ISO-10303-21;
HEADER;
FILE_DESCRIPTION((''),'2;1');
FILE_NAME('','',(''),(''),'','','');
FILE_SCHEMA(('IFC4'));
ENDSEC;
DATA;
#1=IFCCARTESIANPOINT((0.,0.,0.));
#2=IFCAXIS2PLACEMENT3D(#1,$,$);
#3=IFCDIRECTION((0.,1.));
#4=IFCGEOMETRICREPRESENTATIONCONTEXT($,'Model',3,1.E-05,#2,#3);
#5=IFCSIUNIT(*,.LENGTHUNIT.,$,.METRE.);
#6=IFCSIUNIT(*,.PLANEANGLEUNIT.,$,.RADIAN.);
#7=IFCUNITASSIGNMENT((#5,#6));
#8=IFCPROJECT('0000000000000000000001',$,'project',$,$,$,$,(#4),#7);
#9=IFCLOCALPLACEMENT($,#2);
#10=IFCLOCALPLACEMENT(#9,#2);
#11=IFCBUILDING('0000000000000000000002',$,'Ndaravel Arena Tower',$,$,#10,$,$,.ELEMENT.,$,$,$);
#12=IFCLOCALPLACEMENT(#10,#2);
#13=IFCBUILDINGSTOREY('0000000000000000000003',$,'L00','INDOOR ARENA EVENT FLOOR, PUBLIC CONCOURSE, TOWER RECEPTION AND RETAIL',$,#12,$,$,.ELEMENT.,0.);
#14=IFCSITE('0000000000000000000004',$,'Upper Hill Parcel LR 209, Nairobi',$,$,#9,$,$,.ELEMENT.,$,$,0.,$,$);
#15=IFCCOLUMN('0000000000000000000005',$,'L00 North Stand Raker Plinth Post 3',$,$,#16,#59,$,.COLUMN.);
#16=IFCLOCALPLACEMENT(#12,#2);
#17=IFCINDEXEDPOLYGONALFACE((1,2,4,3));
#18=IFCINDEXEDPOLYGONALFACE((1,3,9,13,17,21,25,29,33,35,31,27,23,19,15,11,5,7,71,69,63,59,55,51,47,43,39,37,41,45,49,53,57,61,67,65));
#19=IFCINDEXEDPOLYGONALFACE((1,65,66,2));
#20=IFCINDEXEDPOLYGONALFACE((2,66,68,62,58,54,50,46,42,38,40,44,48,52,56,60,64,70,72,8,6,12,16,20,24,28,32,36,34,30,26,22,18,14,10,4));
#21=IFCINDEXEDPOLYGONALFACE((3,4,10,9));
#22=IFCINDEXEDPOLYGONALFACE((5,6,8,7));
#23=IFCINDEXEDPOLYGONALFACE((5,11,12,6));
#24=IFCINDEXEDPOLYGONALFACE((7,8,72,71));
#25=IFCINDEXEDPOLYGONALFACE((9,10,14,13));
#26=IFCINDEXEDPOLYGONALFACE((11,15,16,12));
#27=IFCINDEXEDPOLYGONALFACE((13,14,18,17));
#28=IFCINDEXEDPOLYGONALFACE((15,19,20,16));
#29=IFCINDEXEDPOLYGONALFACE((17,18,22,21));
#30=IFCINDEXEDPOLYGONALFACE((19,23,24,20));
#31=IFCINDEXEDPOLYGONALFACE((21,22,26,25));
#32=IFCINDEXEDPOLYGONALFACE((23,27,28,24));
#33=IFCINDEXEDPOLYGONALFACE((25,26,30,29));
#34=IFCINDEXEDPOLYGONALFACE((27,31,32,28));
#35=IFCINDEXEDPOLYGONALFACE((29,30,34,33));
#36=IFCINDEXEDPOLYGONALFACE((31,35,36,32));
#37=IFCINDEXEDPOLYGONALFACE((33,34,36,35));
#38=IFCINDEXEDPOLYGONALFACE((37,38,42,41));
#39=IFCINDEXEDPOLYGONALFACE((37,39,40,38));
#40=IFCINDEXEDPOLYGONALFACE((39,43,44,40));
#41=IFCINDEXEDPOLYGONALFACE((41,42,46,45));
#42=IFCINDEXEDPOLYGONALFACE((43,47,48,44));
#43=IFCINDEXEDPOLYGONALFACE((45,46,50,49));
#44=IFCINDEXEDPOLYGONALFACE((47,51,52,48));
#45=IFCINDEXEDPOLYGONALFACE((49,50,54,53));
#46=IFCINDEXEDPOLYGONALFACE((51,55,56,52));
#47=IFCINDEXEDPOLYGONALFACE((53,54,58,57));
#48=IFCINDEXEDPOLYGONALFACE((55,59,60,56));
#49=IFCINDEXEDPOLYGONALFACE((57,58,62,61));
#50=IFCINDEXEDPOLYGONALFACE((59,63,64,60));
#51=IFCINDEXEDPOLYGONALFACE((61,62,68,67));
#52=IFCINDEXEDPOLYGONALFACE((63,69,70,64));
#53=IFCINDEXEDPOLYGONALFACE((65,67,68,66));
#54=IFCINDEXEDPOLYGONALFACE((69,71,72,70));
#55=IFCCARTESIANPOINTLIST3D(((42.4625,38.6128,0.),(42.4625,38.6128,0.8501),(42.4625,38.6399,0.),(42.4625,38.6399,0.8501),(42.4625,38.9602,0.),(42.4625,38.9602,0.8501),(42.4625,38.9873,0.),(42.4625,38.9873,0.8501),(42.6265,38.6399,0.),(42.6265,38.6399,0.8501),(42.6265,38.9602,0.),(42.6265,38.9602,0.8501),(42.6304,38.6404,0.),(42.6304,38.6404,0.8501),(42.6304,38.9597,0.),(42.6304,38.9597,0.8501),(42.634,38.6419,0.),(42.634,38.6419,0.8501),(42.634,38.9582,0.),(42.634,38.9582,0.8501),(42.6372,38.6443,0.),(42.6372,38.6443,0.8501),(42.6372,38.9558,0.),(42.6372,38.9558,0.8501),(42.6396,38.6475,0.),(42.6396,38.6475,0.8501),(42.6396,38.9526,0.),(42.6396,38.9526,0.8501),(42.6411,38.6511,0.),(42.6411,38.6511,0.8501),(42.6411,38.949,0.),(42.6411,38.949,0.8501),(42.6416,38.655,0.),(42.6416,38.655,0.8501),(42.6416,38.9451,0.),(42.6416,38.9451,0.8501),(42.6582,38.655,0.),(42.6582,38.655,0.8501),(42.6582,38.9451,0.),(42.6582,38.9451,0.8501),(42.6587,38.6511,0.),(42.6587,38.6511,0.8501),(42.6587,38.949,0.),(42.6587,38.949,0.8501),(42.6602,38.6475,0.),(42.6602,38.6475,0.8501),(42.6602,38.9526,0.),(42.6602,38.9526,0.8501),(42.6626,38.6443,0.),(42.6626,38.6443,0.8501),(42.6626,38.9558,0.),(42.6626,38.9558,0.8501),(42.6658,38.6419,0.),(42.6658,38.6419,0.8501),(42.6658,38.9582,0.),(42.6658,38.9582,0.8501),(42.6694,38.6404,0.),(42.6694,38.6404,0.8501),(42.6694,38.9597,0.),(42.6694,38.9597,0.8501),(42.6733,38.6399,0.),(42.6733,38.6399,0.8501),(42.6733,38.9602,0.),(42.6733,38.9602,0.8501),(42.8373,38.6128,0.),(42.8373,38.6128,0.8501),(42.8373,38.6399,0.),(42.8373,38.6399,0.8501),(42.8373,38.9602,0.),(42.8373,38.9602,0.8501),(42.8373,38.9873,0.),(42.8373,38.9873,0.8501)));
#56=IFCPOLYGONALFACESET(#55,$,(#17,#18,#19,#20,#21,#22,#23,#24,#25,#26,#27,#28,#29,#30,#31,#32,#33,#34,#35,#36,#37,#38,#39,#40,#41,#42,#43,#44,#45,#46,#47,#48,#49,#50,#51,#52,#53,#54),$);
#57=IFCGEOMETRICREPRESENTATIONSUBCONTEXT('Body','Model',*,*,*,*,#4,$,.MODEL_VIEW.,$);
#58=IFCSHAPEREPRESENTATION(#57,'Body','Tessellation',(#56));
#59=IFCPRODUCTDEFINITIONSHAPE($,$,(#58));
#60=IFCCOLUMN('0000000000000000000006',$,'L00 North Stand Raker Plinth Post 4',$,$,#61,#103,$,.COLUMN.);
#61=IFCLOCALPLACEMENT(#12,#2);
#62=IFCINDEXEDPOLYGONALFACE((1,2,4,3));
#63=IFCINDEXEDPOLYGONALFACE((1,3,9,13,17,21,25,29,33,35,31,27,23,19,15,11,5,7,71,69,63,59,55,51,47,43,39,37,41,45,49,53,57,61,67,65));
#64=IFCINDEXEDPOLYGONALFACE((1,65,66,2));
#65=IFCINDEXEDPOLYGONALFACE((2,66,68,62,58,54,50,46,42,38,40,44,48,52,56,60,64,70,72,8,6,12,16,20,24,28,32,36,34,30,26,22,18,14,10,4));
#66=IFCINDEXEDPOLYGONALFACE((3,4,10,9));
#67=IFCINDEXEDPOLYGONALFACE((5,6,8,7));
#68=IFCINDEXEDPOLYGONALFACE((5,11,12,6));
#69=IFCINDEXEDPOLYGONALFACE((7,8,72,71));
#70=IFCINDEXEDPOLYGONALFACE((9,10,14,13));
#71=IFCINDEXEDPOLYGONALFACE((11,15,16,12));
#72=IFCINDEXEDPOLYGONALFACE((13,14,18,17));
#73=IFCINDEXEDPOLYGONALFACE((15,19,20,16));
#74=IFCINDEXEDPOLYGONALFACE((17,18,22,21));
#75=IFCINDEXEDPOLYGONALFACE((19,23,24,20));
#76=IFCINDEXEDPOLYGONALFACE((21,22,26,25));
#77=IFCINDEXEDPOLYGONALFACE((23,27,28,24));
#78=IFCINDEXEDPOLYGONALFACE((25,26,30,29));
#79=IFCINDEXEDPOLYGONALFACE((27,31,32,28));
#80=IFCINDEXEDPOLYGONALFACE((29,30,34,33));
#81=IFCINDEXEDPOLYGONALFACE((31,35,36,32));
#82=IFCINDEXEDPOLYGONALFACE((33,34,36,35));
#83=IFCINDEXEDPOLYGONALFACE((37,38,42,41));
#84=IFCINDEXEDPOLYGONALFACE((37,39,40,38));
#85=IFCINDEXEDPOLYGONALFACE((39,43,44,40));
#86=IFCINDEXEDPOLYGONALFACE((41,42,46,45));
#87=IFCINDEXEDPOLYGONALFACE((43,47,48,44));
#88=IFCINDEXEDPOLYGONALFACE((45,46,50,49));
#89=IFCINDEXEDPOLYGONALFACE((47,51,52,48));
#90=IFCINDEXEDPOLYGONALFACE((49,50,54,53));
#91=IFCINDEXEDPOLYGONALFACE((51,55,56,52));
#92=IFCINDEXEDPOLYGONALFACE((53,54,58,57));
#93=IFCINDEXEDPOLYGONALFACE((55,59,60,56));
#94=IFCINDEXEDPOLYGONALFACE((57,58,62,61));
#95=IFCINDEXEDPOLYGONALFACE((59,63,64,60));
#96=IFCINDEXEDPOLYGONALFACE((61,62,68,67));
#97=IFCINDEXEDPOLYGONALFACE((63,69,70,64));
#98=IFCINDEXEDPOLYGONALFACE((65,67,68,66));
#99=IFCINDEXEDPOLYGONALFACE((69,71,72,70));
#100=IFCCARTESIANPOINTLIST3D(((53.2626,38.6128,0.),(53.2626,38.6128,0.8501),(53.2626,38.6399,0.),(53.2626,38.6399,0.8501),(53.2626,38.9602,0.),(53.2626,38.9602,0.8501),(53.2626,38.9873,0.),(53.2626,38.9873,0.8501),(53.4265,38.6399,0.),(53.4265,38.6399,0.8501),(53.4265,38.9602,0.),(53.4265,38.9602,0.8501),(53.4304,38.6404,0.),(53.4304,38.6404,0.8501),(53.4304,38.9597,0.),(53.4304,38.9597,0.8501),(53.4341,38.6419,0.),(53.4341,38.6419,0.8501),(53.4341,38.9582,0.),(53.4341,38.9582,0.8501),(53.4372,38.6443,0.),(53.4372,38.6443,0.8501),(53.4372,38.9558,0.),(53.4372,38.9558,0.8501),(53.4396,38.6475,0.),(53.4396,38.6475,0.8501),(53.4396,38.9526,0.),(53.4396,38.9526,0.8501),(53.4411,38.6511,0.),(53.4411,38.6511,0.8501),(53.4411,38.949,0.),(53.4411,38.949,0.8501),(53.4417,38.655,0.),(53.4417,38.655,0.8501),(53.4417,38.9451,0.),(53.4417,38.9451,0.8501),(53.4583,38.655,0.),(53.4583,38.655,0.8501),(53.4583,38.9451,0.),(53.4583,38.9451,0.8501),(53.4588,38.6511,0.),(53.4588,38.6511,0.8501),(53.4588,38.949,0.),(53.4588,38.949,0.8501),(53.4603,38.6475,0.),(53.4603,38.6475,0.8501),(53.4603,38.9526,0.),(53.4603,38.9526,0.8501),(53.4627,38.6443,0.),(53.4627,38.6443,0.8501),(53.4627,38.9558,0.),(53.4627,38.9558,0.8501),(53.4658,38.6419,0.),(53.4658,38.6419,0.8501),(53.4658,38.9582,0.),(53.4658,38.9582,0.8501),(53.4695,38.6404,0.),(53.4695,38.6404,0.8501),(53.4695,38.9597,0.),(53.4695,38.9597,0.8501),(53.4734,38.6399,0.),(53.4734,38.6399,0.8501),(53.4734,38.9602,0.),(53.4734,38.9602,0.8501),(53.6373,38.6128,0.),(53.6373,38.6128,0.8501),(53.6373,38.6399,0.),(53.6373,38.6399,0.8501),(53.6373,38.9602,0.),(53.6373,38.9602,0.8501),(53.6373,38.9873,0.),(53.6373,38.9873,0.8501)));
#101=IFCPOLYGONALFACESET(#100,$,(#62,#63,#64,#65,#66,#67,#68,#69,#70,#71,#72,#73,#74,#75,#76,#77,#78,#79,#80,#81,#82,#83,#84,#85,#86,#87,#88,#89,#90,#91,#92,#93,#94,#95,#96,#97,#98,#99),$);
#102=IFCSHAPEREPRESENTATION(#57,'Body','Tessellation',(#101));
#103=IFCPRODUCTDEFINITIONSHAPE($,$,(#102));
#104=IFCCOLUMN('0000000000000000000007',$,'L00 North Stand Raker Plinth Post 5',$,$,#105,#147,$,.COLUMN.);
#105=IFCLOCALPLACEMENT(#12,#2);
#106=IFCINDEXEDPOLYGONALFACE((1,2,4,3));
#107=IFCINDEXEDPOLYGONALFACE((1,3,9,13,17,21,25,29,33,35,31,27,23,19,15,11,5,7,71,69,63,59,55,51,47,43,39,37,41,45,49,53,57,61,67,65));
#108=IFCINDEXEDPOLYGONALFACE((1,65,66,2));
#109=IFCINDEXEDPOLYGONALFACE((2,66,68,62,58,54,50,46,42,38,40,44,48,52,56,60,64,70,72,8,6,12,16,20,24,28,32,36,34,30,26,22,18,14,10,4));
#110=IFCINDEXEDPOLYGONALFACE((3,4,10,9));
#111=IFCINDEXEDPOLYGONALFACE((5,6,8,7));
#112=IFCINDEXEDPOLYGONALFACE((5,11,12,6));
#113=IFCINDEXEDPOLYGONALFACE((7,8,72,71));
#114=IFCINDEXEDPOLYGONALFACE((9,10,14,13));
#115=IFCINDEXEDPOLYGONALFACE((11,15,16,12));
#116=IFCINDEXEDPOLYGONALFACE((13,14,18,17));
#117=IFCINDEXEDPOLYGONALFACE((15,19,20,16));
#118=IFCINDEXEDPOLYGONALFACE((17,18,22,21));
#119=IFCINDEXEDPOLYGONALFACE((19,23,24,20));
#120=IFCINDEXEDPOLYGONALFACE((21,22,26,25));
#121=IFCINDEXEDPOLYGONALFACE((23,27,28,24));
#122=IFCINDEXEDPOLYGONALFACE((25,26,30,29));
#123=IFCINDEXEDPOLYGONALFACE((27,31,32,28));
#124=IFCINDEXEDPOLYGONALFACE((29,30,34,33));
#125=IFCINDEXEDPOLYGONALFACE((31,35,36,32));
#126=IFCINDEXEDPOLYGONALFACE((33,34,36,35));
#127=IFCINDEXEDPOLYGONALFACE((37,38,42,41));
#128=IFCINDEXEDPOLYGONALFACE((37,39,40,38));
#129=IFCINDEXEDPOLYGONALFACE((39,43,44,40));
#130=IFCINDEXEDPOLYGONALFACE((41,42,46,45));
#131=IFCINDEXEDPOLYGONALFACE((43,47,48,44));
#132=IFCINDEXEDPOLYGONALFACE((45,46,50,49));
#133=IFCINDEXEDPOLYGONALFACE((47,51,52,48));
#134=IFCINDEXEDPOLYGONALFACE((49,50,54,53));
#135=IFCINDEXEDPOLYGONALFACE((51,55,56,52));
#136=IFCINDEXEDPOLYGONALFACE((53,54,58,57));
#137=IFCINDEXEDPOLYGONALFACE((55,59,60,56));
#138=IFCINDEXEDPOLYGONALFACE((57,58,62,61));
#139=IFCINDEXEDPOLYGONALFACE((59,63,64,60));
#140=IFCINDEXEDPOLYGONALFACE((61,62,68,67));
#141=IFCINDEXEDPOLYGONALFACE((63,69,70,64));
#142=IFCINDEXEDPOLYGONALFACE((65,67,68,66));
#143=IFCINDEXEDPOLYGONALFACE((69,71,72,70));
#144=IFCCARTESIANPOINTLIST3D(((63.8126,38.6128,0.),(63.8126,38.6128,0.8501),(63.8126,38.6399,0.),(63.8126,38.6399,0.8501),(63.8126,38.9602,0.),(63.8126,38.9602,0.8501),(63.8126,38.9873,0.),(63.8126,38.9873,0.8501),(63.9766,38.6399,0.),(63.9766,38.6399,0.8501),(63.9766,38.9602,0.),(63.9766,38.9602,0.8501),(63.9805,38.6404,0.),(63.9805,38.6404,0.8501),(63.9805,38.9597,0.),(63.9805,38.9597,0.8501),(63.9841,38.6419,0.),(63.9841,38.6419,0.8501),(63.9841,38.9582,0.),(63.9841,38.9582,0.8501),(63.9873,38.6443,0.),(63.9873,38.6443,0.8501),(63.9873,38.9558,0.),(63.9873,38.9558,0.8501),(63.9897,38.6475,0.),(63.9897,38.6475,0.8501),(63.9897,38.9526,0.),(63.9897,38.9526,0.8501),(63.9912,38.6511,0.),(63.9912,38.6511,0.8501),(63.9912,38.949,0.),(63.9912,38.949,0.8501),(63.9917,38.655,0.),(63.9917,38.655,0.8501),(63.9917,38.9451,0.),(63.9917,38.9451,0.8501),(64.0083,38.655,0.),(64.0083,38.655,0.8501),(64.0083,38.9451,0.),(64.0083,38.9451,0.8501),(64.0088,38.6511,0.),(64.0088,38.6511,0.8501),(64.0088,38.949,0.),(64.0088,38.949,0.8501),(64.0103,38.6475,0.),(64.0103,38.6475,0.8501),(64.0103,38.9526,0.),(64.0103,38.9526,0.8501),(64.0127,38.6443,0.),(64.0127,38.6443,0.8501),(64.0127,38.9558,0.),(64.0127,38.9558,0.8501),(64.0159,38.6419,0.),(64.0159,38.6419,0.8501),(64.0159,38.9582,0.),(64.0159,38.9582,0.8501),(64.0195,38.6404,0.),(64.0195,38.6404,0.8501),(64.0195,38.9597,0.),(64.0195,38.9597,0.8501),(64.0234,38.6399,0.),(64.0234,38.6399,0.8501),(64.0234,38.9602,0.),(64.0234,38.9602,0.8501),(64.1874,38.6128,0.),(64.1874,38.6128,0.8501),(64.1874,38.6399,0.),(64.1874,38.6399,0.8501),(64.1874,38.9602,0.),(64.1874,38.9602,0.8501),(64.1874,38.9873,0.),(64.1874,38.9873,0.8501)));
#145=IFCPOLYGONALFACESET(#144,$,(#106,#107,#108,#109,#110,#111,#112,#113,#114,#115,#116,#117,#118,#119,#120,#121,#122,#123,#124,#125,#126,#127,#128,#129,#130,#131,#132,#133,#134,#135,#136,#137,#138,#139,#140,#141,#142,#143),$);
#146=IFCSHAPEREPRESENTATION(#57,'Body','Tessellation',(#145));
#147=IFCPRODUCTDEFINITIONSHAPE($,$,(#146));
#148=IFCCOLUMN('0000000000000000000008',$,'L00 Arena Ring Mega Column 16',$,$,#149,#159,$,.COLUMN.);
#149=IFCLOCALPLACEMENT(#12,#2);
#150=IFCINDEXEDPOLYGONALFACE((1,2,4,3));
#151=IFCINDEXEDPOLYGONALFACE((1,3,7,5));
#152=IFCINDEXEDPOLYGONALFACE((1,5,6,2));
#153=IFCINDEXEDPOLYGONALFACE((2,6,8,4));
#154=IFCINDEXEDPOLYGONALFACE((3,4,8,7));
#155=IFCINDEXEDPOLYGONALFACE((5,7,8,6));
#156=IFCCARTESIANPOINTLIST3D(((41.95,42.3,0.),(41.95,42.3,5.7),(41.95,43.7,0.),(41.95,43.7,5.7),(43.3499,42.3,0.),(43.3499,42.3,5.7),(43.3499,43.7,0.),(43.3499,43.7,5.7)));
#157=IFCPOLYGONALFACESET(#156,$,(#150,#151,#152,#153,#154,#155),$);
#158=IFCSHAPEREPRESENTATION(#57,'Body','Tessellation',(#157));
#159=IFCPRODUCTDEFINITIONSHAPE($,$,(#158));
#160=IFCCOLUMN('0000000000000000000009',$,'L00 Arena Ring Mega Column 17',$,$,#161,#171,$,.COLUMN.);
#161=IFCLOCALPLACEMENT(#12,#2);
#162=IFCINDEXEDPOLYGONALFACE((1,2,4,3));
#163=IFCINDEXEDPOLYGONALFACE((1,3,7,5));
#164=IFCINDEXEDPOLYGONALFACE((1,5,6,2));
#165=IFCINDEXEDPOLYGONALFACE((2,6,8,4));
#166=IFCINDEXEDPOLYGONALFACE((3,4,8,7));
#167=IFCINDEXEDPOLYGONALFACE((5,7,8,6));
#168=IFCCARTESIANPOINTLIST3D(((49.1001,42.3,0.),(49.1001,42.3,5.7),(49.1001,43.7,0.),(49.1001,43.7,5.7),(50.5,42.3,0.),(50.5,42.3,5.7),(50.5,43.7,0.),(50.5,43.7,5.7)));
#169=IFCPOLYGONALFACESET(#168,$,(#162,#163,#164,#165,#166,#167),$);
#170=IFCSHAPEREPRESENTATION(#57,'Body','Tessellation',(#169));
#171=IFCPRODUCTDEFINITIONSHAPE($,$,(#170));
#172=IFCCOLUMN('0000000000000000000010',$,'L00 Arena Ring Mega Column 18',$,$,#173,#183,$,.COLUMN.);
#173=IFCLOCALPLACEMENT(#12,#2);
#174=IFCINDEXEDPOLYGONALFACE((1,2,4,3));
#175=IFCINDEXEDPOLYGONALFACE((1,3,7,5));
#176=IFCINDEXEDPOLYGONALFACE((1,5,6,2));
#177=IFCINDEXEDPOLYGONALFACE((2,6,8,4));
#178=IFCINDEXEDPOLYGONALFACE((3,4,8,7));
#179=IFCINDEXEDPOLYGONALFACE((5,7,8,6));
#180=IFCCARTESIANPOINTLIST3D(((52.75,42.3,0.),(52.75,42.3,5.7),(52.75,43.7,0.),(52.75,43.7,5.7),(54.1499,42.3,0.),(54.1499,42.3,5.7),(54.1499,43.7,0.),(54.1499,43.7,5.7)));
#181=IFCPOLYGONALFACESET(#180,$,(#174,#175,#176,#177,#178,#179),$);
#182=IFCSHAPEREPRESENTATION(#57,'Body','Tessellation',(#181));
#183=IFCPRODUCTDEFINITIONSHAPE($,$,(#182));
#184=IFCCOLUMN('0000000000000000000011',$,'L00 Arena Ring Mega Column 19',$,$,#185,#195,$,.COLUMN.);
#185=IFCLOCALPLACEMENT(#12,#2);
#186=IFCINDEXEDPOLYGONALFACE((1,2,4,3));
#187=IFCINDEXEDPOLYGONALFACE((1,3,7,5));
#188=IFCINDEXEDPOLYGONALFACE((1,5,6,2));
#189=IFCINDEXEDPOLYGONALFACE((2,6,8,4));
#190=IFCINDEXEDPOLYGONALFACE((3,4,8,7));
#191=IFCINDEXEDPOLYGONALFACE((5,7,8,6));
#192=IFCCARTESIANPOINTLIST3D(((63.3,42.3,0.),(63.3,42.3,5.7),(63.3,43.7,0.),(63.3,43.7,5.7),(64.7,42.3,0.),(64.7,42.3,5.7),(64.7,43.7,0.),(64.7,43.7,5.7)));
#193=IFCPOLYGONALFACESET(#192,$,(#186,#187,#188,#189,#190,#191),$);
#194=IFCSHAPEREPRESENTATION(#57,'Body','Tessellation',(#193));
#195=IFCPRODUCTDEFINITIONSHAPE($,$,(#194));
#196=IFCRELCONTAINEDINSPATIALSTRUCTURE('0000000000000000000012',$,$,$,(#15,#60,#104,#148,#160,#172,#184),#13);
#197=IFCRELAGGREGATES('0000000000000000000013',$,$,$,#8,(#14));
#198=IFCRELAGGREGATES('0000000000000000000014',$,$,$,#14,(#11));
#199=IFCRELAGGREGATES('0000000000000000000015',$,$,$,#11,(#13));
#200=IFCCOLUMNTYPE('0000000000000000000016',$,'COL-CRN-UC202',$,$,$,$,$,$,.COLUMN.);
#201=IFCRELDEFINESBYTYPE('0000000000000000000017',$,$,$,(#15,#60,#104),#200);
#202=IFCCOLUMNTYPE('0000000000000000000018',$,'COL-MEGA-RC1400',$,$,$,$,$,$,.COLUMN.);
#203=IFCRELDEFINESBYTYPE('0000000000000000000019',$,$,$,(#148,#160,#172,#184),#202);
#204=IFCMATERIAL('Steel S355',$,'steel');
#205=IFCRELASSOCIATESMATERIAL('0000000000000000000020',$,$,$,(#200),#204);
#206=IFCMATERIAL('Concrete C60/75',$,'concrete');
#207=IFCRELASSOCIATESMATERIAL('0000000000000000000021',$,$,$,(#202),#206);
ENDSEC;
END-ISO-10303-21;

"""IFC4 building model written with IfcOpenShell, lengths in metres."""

from ifc_helpers import new_model, si_unit, direction, frame, origin, origin_2d, place, context, subcontext, project, spatial, rectangle, i_section, extrude, material, material_profile, profile_set, type_object, element, save


model = new_model("IFC4")

# Units and contexts
model_context = context("Model", 3, precision=1e-05, world=origin(), true_north=direction((0.0, 1.0)))
body_context = subcontext(model_context, "Body", "Model", "MODEL_VIEW")
ifc_project = project(units=[si_unit("LENGTHUNIT", "METRE"), si_unit("PLANEANGLEUNIT", "RADIAN")], contexts=[model_context])

# Site, building, storey
site_placement = place(None, origin())
site = spatial("IfcSite", under=ifc_project, at=site_placement, Name="Upper Hill Parcel LR 209, Nairobi", CompositionType="ELEMENT", RefElevation=0.0)
building_placement = place(site_placement, origin())
building = spatial("IfcBuilding", under=site, at=building_placement, Name="Ndaravel Arena Tower", CompositionType="ELEMENT")
storey_placement = place(building_placement, origin())
storey = spatial("IfcBuildingStorey", under=building, at=storey_placement, Name="L00", Description="INDOOR ARENA EVENT FLOOR, PUBLIC CONCOURSE, TOWER RECEPTION AND RETAIL", CompositionType="ELEMENT", Elevation=0.0)

# Columns
ifc_material_1 = material(Name="Steel S355", Category="steel")
ifc_material_profile_1 = material_profile(ifc_material_1, i_section(OverallWidth=0.3748, OverallDepth=0.3745, WebThickness=0.0166, FlangeThickness=0.0271, FilletRadius=0.0151, at=origin_2d()), Name="UC 356x368x202")
ifc_profile_set_1 = profile_set([ifc_material_profile_1], Name="Steel S355")
column_type_1 = type_object("IfcColumnType", Name="COL-CRN-UC202", PredefinedType="COLUMN", material=ifc_profile_set_1)
for number, where, z_axis, x_axis, name in (
    (1, (42.6499, 38.8, 0.0), (0.0, 0.0, 1.0), (1.0, 0.0, 0.0), "L00 North Stand Raker Plinth Post 3"),
    (2, (53.45, 38.8, 0.0), (0.0, 0.0, 1.0), (1.0, 0.0, 0.0), "L00 North Stand Raker Plinth Post 4"),
    (3, (64.0, 38.8, 0.0), (0.0, 0.0, 1.0), (1.0, 0.0, 0.0), "L00 North Stand Raker Plinth Post 5"),
):
    element("IfcColumn", number, at=place(storey_placement, frame(where, z_axis=z_axis, x_axis=x_axis)), inside=storey, type_object=column_type_1, Name=name, PredefinedType="COLUMN", context=body_context, shape_type="SweptSolid", body=[
        extrude(i_section(OverallWidth=0.3748, OverallDepth=0.3745, WebThickness=0.0166, FlangeThickness=0.0271, FilletRadius=0.0151, at=origin_2d()), origin(), (0.0, 0.0, 1.0), 0.8501),
    ])
ifc_material_2 = material(Name="Concrete C60/75", Category="concrete")
ifc_material_profile_2 = material_profile(ifc_material_2, rectangle(XDim=1.3999, YDim=1.3999, at=origin_2d()), Name="RC 1400x1400")
ifc_profile_set_2 = profile_set([ifc_material_profile_2], Name="Concrete C60/75")
column_type_2 = type_object("IfcColumnType", Name="COL-MEGA-RC1400", PredefinedType="COLUMN", material=ifc_profile_set_2)
for number, where, z_axis, x_axis, name in (
    (4, (42.6499, 43.0, 0.0), (0.0, 0.0, 1.0), (1.0, 0.0, 0.0), "L00 Arena Ring Mega Column 16"),
    (5, (49.8, 43.0, 0.0), (0.0, 0.0, 1.0), (1.0, 0.0, 0.0), "L00 Arena Ring Mega Column 17"),
    (6, (53.45, 43.0, 0.0), (0.0, 0.0, 1.0), (1.0, 0.0, 0.0), "L00 Arena Ring Mega Column 18"),
    (7, (64.0, 43.0, 0.0), (0.0, 0.0, 1.0), (1.0, 0.0, 0.0), "L00 Arena Ring Mega Column 19"),
):
    element("IfcColumn", number, at=place(storey_placement, frame(where, z_axis=z_axis, x_axis=x_axis)), inside=storey, type_object=column_type_2, Name=name, PredefinedType="COLUMN", context=body_context, shape_type="SweptSolid", body=[
        extrude(rectangle(XDim=1.3999, YDim=1.3999, at=origin_2d()), origin(), (0.0, 0.0, 1.0), 5.7),
    ])

save(model, "model.ifc")
